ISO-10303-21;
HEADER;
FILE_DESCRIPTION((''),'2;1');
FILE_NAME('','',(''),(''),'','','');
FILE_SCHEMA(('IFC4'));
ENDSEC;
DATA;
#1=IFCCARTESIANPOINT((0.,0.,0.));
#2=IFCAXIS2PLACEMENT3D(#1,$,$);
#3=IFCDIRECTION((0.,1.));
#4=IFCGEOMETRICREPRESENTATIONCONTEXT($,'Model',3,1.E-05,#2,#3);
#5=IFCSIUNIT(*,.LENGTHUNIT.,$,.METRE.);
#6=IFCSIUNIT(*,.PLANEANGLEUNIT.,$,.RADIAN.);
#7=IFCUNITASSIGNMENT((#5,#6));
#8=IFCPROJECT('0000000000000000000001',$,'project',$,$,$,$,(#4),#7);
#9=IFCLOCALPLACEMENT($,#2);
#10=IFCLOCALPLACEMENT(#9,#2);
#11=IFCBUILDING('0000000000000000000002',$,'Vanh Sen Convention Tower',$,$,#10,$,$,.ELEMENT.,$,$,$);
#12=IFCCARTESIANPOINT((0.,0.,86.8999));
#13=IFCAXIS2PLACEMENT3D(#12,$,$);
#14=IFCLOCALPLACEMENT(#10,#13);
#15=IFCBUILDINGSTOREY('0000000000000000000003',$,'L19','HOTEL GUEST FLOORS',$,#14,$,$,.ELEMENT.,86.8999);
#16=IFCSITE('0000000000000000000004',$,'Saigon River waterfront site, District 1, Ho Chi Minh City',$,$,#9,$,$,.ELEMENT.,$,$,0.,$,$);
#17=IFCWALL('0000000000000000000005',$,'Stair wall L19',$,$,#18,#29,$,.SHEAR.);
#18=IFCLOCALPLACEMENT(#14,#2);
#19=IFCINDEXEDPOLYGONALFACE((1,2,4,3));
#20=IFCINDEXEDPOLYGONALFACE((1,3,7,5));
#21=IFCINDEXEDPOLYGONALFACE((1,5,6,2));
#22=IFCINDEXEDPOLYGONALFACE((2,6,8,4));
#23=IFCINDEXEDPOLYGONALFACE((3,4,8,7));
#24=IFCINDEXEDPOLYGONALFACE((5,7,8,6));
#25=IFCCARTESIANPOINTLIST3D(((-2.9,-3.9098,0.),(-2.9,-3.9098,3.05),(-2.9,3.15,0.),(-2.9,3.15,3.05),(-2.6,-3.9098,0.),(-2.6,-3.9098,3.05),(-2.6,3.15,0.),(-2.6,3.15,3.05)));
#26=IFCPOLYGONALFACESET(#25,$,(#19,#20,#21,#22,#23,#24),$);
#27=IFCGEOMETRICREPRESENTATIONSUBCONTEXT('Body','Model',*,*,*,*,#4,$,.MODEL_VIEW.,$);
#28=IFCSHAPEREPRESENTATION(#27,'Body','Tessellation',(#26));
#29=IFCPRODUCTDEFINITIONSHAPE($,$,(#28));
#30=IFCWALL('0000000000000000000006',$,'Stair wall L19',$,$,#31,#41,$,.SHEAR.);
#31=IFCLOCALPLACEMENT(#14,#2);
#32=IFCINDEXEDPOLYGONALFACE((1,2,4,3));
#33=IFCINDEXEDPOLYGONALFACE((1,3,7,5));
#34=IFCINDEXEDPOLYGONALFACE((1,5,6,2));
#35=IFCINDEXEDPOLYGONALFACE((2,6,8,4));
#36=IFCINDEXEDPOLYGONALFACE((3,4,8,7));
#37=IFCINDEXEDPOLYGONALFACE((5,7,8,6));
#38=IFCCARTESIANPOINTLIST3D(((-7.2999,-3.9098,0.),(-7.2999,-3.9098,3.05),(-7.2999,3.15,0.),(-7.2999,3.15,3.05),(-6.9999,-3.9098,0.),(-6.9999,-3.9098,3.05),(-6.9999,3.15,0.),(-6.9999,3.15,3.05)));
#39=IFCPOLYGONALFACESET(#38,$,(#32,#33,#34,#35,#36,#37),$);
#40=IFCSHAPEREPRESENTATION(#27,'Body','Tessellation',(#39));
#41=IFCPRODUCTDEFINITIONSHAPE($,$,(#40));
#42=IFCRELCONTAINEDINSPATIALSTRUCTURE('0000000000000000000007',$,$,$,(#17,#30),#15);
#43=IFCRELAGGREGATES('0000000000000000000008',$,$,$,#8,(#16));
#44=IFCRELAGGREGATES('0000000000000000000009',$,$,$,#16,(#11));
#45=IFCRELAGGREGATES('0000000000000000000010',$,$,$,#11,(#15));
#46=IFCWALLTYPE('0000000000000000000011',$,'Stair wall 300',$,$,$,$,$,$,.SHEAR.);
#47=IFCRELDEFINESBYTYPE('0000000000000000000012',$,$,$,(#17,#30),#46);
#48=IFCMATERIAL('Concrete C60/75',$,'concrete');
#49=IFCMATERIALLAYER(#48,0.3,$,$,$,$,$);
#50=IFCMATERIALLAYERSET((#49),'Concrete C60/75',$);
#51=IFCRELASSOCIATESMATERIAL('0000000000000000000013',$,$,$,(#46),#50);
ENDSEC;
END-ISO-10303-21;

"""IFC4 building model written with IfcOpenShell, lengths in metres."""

from ifc_helpers import new_model, si_unit, direction, frame, frame_2d, origin, place, context, subcontext, project, spatial, rectangle, extrude, material, layer, layer_set, type_object, element, save


model = new_model("IFC4")

# Units and contexts
model_context = context("Model", 3, precision=1e-05, world=origin(), true_north=direction((0.0, 1.0)))
body_context = subcontext(model_context, "Body", "Model", "MODEL_VIEW")
ifc_project = project(units=[si_unit("LENGTHUNIT", "METRE"), si_unit("PLANEANGLEUNIT", "RADIAN")], contexts=[model_context])

# Site, building, storey
site_placement = place(None, origin())
site = spatial("IfcSite", under=ifc_project, at=site_placement, Name="Saigon River waterfront site, District 1, Ho Chi Minh City", CompositionType="ELEMENT", RefElevation=0.0)
building_placement = place(site_placement, origin())
building = spatial("IfcBuilding", under=site, at=building_placement, Name="Vanh Sen Convention Tower", CompositionType="ELEMENT")
storey_placement = place(building_placement, frame((0.0, 0.0, 86.8999)))
storey = spatial("IfcBuildingStorey", under=building, at=storey_placement, Name="L19", Description="HOTEL GUEST FLOORS", CompositionType="ELEMENT", Elevation=86.8999)

# Shared definitions
ifc_material_1 = material(Name="Concrete C60/75", Category="concrete")

# Shared definitions
ifc_layer_1 = layer(ifc_material_1, 0.3)
ifc_layer_set_1 = layer_set([ifc_layer_1], Name="Concrete C60/75")
wall_type_1 = type_object("IfcWallType", Name="Stair wall 300", PredefinedType="SHEAR", material=ifc_layer_set_1)

# Walls
for number, where, z_axis, x_axis, name in (
    (1, (-2.75, 3.1499, 0.0), (0.0, 0.0, 1.0), (0.0, -1.0, 0.0), "Stair wall L19"),
    (2, (-7.1499, 3.1499, 0.0), (0.0, 0.0, 1.0), (0.0, -1.0, 0.0), "Stair wall L19"),
):
    element("IfcWall", number, at=place(storey_placement, frame(where, z_axis=z_axis, x_axis=x_axis)), inside=storey, type_object=wall_type_1, Name=name, PredefinedType="SHEAR", context=body_context, shape_type="SweptSolid", body=[
        extrude(rectangle(XDim=7.0598, YDim=0.3, at=frame_2d((3.5298, 0.0))), origin(), (0.0, 0.0, 1.0), 3.05),
    ])

save(model, "model.ifc")
